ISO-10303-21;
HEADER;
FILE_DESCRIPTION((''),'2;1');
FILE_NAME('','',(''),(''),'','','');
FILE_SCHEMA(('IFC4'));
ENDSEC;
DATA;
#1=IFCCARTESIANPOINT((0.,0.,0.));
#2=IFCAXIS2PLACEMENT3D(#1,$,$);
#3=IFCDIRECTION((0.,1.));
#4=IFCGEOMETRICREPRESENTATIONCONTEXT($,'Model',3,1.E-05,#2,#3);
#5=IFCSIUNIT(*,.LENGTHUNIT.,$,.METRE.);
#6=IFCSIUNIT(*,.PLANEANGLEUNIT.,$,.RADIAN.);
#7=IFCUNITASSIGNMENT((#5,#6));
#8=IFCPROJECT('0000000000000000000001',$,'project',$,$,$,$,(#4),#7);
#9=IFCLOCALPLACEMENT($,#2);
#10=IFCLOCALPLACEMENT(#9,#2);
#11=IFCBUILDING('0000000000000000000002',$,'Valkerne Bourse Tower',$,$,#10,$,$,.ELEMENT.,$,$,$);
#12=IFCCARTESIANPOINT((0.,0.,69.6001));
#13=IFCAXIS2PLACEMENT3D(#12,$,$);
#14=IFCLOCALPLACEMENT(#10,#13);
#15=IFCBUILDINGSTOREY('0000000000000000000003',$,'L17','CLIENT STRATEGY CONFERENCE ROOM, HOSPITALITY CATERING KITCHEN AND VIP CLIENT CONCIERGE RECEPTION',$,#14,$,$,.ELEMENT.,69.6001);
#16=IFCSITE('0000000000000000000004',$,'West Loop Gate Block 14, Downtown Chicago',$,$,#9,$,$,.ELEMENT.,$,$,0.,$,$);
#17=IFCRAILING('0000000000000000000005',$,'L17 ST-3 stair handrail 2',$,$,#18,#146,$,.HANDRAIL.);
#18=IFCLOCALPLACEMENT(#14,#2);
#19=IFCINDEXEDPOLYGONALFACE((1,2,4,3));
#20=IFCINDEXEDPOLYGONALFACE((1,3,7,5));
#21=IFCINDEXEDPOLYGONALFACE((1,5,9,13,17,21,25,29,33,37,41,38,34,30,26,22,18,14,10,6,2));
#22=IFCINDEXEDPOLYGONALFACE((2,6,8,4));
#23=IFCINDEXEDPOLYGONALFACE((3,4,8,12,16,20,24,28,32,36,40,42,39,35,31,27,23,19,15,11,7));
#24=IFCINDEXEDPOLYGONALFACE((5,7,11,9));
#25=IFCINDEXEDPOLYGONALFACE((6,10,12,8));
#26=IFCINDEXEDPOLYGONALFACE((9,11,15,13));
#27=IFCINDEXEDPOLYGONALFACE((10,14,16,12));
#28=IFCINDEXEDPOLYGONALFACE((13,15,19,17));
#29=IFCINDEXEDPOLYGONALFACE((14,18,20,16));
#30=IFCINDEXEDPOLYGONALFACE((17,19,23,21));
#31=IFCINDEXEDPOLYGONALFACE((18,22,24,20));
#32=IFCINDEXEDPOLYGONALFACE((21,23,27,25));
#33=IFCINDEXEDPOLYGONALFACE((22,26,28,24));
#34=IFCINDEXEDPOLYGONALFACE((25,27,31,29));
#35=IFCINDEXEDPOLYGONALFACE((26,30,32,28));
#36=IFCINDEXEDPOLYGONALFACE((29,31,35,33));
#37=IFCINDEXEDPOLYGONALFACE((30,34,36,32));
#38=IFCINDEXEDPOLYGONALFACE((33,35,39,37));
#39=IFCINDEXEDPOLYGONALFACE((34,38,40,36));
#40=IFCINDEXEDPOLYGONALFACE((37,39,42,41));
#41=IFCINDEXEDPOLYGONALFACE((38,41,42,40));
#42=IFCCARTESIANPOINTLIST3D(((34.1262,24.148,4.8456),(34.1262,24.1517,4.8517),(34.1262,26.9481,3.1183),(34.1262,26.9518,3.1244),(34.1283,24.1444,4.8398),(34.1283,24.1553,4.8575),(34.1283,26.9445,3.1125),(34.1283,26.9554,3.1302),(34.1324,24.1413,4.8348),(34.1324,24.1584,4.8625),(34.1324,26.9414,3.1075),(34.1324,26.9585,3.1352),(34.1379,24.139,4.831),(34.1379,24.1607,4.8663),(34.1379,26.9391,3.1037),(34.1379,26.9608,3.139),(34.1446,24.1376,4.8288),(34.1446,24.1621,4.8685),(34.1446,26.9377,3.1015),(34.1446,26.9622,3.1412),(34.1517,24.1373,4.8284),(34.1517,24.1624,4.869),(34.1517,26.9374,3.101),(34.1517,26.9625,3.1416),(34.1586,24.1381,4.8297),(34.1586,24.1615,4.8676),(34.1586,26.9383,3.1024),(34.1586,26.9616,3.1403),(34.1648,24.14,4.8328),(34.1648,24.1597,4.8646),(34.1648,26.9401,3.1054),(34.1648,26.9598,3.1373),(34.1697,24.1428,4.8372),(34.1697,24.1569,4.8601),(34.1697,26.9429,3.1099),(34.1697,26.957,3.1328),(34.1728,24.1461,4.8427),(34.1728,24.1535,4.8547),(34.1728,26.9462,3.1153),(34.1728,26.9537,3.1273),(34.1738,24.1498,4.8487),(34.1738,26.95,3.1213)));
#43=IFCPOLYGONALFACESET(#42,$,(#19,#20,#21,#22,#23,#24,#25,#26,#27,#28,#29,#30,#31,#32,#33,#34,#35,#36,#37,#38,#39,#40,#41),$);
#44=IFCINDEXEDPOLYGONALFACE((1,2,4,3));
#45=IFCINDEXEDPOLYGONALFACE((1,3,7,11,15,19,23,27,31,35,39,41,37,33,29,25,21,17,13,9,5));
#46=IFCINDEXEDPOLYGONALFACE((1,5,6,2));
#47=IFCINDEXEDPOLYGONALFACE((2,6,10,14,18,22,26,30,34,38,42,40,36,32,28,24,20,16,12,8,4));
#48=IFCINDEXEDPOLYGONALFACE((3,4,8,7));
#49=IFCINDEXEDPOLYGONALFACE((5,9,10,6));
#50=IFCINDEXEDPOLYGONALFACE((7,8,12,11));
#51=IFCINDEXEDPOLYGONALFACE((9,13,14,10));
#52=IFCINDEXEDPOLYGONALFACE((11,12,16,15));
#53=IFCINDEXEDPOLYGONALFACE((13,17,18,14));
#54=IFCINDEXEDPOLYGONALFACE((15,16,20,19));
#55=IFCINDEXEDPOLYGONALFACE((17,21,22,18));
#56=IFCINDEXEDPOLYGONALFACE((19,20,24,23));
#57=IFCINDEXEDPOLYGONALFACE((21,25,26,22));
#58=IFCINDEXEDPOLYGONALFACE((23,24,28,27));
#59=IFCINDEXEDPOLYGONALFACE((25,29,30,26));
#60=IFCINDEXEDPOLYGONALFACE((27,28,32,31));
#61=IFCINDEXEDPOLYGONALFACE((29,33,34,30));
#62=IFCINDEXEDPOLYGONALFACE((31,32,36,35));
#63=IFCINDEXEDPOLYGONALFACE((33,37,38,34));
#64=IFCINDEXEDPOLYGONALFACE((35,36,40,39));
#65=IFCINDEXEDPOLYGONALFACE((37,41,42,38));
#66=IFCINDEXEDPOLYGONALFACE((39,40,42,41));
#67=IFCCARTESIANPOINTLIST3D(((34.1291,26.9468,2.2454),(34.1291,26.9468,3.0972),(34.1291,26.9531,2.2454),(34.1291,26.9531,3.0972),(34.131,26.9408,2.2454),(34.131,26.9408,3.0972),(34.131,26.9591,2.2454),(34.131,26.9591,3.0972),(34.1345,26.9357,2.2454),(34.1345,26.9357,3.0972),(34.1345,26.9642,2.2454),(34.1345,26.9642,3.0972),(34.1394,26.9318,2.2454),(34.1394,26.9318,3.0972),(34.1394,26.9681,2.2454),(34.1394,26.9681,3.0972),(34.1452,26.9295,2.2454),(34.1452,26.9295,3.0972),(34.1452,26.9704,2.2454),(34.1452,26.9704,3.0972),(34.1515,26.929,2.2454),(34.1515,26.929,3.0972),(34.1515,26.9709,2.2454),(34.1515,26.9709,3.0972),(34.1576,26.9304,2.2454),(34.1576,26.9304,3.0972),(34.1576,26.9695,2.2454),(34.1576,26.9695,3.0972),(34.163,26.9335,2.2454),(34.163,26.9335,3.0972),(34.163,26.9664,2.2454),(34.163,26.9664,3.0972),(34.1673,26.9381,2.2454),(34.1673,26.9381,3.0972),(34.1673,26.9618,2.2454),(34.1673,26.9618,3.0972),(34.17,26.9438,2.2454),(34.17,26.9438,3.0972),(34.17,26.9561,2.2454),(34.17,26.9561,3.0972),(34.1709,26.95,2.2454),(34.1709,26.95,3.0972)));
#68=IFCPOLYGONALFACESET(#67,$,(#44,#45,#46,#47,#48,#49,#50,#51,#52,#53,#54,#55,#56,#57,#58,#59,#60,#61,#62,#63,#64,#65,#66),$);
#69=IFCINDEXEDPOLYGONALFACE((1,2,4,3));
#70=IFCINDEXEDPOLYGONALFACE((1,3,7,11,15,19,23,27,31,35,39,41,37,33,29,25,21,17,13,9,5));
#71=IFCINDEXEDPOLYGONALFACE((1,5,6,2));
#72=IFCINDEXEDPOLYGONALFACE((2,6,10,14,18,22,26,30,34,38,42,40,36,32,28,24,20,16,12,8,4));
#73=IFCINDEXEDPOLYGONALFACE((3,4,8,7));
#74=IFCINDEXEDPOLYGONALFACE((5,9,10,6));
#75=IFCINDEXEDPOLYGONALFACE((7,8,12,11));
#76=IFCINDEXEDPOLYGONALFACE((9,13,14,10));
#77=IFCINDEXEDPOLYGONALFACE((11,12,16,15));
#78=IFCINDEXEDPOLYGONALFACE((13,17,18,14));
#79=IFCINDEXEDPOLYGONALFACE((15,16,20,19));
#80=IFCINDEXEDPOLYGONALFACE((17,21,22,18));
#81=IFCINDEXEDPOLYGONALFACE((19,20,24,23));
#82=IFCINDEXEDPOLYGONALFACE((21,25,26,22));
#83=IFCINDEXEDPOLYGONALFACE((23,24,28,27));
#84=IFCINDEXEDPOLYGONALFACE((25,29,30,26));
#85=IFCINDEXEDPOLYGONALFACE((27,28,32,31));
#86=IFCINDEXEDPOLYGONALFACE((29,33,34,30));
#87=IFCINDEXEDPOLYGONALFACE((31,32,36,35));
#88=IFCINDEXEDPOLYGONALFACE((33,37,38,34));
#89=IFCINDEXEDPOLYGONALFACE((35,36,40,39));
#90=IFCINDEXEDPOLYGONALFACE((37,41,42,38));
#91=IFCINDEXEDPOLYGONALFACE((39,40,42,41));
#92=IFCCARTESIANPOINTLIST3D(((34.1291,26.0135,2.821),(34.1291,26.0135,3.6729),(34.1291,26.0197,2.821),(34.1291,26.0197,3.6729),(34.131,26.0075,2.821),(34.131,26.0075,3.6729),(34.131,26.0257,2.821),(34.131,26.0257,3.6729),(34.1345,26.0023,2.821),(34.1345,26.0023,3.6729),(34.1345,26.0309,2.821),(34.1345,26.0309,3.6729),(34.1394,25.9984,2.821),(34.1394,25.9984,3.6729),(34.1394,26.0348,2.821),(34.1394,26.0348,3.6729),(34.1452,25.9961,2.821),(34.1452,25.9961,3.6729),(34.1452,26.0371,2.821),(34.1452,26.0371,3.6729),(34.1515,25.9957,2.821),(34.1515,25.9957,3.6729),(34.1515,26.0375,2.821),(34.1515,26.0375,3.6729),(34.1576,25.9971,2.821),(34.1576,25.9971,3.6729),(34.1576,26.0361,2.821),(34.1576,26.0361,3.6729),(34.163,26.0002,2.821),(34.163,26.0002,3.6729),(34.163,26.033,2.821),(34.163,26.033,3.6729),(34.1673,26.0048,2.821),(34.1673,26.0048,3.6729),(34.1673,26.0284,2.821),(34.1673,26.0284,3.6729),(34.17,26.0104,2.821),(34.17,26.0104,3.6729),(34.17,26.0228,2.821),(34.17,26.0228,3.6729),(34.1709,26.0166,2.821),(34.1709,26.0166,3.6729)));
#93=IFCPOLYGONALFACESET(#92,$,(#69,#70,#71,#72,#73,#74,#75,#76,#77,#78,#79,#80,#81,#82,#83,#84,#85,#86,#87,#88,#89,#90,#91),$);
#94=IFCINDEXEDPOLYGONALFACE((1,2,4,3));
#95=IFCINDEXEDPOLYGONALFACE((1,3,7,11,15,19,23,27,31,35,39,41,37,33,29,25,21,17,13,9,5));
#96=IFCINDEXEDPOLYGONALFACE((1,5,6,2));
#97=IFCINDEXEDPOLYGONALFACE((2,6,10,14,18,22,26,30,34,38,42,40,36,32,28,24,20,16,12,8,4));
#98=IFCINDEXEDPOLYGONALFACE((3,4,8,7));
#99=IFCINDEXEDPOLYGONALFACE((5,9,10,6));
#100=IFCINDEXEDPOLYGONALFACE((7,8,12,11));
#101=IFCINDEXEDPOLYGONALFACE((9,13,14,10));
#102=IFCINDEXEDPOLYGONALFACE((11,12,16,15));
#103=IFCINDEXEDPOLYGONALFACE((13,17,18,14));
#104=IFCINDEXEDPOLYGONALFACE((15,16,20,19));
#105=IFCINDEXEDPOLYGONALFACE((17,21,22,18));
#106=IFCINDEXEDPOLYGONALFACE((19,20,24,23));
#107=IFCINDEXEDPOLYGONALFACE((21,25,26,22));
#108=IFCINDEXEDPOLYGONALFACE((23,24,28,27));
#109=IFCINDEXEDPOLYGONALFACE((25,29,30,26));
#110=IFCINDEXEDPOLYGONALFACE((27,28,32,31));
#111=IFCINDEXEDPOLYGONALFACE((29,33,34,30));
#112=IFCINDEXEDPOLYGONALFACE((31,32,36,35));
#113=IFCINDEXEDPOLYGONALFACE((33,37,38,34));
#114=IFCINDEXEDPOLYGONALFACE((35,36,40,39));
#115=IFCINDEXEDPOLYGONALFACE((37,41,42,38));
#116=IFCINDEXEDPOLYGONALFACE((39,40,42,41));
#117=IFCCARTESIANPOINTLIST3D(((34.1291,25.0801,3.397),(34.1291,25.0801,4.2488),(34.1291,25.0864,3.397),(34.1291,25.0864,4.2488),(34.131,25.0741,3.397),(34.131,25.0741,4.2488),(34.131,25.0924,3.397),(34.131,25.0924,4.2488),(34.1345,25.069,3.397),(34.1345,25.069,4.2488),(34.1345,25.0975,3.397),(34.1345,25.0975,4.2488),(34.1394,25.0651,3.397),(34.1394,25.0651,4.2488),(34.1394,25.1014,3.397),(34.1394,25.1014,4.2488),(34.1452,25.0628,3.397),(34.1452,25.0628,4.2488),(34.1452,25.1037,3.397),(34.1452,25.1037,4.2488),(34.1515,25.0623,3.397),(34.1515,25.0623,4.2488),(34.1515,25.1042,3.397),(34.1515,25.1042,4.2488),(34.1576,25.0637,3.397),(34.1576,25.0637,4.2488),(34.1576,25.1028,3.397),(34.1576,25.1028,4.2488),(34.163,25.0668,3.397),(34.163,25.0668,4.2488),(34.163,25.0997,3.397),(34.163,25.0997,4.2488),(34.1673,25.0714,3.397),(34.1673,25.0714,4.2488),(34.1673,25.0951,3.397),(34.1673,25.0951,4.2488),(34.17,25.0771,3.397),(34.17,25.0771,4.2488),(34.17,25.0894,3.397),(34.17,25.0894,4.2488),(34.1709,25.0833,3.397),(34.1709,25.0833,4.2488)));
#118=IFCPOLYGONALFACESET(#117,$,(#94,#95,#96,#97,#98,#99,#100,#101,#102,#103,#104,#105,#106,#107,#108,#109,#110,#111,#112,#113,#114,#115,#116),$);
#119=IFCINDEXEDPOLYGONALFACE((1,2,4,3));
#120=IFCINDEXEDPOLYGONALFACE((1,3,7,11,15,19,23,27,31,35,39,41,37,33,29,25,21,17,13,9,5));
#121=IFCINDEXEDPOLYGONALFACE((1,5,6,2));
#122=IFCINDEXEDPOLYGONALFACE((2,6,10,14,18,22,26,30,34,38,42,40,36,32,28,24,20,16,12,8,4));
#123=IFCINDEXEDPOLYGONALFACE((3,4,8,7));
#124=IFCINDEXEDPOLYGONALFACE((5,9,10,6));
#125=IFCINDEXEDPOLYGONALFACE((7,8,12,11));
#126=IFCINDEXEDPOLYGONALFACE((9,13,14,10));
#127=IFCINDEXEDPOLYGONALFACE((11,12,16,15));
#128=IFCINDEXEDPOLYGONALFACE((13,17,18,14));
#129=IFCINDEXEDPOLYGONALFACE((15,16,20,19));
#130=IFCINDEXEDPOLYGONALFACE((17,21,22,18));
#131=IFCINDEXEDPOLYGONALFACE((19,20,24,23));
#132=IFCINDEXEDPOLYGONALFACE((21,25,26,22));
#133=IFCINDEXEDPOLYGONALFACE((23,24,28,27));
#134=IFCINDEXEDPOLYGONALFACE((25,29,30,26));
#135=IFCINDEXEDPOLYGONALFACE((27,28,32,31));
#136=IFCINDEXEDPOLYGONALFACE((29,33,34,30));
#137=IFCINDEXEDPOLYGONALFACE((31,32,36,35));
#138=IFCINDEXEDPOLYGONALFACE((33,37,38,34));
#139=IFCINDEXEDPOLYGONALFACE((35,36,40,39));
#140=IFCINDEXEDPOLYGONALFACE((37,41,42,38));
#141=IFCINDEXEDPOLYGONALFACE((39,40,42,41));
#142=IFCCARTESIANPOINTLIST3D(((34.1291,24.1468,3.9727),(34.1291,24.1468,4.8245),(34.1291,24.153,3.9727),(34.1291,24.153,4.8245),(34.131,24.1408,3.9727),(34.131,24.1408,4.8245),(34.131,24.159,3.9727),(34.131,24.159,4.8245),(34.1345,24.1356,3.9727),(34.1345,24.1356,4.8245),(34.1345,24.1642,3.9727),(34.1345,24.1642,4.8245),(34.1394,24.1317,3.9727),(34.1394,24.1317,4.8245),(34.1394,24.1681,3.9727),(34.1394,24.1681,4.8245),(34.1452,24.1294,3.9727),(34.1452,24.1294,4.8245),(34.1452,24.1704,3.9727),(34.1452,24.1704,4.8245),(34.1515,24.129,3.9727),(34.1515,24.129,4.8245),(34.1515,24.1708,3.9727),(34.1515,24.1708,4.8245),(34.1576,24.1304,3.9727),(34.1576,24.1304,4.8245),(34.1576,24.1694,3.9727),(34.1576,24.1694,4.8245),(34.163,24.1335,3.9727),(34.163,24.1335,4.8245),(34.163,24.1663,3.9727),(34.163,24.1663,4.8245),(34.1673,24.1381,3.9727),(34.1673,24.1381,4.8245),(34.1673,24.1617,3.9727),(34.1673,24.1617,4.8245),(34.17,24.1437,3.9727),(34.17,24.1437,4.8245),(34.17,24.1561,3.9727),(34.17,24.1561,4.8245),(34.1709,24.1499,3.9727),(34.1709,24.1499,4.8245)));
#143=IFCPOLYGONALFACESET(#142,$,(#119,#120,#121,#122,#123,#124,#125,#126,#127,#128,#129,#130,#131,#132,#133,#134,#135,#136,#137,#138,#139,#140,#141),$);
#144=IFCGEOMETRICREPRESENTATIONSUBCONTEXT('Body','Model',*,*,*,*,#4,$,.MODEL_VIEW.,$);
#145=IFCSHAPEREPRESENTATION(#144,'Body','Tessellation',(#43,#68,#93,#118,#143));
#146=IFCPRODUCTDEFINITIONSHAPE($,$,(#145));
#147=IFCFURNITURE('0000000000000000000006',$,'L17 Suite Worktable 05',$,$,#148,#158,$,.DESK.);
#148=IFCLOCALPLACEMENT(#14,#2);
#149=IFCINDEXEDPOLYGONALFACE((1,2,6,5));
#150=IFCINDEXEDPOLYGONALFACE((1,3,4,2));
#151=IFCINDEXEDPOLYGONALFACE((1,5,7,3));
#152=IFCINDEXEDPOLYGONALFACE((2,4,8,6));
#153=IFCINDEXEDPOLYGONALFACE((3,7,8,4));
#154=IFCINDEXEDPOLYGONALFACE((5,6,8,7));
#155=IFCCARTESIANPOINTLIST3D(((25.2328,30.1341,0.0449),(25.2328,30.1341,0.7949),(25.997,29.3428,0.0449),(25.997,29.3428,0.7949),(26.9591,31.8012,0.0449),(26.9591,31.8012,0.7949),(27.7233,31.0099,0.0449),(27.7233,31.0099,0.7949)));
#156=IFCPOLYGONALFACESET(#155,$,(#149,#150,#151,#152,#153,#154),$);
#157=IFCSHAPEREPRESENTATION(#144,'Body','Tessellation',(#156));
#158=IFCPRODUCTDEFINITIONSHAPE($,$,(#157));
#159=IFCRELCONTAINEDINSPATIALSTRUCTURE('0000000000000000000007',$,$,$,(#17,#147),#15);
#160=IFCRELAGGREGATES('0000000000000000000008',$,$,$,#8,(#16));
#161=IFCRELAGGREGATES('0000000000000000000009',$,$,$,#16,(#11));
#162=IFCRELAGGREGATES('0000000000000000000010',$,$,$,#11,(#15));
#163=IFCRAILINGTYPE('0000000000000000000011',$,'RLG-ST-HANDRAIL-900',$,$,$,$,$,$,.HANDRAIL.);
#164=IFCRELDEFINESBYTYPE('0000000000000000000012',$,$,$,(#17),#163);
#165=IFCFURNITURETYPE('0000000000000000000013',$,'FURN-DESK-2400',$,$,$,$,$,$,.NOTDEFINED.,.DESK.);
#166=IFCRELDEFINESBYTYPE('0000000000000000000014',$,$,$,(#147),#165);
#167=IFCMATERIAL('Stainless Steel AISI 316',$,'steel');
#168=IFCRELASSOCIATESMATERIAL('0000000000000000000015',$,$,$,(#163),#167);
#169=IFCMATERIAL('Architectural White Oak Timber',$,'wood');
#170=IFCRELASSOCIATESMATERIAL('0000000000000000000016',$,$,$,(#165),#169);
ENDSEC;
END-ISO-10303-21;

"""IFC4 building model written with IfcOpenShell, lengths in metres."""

from ifc_helpers import new_model, si_unit, direction, frame, origin, origin_2d, place, context, subcontext, project, spatial, rectangle, circle, extrude, material, type_object, element, save


model = new_model("IFC4")

# Units and contexts
model_context = context("Model", 3, precision=1e-05, world=origin(), true_north=direction((0.0, 1.0)))
body_context = subcontext(model_context, "Body", "Model", "MODEL_VIEW")
ifc_project = project(units=[si_unit("LENGTHUNIT", "METRE"), si_unit("PLANEANGLEUNIT", "RADIAN")], contexts=[model_context])

# Site, building, storey
site_placement = place(None, origin())
site = spatial("IfcSite", under=ifc_project, at=site_placement, Name="West Loop Gate Block 14, Downtown Chicago", CompositionType="ELEMENT", RefElevation=0.0)
building_placement = place(site_placement, origin())
building = spatial("IfcBuilding", under=site, at=building_placement, Name="Valkerne Bourse Tower", CompositionType="ELEMENT")
storey_placement = place(building_placement, frame((0.0, 0.0, 69.6001)))
storey = spatial("IfcBuildingStorey", under=building, at=storey_placement, Name="L17", Description="CLIENT STRATEGY CONFERENCE ROOM, HOSPITALITY CATERING KITCHEN AND VIP CLIENT CONCIERGE RECEPTION", CompositionType="ELEMENT", Elevation=69.6001)

# Shared definitions
ifc_material_1 = material(Name="Architectural White Oak Timber", Category="wood")

# Railing
ifc_material_2 = material(Name="Stainless Steel AISI 316", Category="steel")
railing_type_1 = type_object("IfcRailingType", Name="RLG-ST-HANDRAIL-900", PredefinedType="HANDRAIL", material=ifc_material_2)
railing_1_placement = place(storey_placement, frame((34.1499, 26.95, 2.2454)))
element("IfcRailing", 1, at=railing_1_placement, inside=storey, type_object=railing_type_1, Name="L17 ST-3 stair handrail 2", PredefinedType="HANDRAIL", context=body_context, shape_type="SweptSolid", body=[
    extrude(circle(Radius=0.0239, at=origin_2d()), frame((0.0, 0.0, 0.876), z_axis=(0.0, -0.85109, 0.52502), x_axis=(1.0, 0.0, 0.0)), (0.0, 0.0, 1.0), 3.29),
    extrude(circle(Radius=0.021, at=origin_2d()), origin(), (0.0, 0.0, 1.0), 0.8518),
    extrude(circle(Radius=0.021, at=origin_2d()), frame((0.0, -0.9333, 0.5757)), (0.0, 0.0, 1.0), 0.8518),
    extrude(circle(Radius=0.021, at=origin_2d()), frame((0.0, -1.8667, 1.1516)), (0.0, 0.0, 1.0), 0.8518),
    extrude(circle(Radius=0.021, at=origin_2d()), frame((0.0, -2.8, 1.7273)), (0.0, 0.0, 1.0), 0.8518),
])

# Furniture
furniture_type = type_object("IfcFurnitureType", Name="FURN-DESK-2400", AssemblyPlace="NOTDEFINED", PredefinedType="DESK", material=ifc_material_1)
furniture_placement = place(storey_placement, frame((26.478, 30.572, 0.0449), z_axis=(0.0, 0.0, 1.0), x_axis=(0.71934, 0.694658, 0.0)))
element("IfcFurniture", 2, at=furniture_placement, inside=storey, type_object=furniture_type, Name="L17 Suite Worktable 05", PredefinedType="DESK", context=body_context, shape_type="SweptSolid", body=[
    extrude(rectangle(XDim=2.3999, YDim=1.1001, at=origin_2d()), origin(), (0.0, 0.0, 1.0), 0.75),
])

save(model, "model.ifc")
